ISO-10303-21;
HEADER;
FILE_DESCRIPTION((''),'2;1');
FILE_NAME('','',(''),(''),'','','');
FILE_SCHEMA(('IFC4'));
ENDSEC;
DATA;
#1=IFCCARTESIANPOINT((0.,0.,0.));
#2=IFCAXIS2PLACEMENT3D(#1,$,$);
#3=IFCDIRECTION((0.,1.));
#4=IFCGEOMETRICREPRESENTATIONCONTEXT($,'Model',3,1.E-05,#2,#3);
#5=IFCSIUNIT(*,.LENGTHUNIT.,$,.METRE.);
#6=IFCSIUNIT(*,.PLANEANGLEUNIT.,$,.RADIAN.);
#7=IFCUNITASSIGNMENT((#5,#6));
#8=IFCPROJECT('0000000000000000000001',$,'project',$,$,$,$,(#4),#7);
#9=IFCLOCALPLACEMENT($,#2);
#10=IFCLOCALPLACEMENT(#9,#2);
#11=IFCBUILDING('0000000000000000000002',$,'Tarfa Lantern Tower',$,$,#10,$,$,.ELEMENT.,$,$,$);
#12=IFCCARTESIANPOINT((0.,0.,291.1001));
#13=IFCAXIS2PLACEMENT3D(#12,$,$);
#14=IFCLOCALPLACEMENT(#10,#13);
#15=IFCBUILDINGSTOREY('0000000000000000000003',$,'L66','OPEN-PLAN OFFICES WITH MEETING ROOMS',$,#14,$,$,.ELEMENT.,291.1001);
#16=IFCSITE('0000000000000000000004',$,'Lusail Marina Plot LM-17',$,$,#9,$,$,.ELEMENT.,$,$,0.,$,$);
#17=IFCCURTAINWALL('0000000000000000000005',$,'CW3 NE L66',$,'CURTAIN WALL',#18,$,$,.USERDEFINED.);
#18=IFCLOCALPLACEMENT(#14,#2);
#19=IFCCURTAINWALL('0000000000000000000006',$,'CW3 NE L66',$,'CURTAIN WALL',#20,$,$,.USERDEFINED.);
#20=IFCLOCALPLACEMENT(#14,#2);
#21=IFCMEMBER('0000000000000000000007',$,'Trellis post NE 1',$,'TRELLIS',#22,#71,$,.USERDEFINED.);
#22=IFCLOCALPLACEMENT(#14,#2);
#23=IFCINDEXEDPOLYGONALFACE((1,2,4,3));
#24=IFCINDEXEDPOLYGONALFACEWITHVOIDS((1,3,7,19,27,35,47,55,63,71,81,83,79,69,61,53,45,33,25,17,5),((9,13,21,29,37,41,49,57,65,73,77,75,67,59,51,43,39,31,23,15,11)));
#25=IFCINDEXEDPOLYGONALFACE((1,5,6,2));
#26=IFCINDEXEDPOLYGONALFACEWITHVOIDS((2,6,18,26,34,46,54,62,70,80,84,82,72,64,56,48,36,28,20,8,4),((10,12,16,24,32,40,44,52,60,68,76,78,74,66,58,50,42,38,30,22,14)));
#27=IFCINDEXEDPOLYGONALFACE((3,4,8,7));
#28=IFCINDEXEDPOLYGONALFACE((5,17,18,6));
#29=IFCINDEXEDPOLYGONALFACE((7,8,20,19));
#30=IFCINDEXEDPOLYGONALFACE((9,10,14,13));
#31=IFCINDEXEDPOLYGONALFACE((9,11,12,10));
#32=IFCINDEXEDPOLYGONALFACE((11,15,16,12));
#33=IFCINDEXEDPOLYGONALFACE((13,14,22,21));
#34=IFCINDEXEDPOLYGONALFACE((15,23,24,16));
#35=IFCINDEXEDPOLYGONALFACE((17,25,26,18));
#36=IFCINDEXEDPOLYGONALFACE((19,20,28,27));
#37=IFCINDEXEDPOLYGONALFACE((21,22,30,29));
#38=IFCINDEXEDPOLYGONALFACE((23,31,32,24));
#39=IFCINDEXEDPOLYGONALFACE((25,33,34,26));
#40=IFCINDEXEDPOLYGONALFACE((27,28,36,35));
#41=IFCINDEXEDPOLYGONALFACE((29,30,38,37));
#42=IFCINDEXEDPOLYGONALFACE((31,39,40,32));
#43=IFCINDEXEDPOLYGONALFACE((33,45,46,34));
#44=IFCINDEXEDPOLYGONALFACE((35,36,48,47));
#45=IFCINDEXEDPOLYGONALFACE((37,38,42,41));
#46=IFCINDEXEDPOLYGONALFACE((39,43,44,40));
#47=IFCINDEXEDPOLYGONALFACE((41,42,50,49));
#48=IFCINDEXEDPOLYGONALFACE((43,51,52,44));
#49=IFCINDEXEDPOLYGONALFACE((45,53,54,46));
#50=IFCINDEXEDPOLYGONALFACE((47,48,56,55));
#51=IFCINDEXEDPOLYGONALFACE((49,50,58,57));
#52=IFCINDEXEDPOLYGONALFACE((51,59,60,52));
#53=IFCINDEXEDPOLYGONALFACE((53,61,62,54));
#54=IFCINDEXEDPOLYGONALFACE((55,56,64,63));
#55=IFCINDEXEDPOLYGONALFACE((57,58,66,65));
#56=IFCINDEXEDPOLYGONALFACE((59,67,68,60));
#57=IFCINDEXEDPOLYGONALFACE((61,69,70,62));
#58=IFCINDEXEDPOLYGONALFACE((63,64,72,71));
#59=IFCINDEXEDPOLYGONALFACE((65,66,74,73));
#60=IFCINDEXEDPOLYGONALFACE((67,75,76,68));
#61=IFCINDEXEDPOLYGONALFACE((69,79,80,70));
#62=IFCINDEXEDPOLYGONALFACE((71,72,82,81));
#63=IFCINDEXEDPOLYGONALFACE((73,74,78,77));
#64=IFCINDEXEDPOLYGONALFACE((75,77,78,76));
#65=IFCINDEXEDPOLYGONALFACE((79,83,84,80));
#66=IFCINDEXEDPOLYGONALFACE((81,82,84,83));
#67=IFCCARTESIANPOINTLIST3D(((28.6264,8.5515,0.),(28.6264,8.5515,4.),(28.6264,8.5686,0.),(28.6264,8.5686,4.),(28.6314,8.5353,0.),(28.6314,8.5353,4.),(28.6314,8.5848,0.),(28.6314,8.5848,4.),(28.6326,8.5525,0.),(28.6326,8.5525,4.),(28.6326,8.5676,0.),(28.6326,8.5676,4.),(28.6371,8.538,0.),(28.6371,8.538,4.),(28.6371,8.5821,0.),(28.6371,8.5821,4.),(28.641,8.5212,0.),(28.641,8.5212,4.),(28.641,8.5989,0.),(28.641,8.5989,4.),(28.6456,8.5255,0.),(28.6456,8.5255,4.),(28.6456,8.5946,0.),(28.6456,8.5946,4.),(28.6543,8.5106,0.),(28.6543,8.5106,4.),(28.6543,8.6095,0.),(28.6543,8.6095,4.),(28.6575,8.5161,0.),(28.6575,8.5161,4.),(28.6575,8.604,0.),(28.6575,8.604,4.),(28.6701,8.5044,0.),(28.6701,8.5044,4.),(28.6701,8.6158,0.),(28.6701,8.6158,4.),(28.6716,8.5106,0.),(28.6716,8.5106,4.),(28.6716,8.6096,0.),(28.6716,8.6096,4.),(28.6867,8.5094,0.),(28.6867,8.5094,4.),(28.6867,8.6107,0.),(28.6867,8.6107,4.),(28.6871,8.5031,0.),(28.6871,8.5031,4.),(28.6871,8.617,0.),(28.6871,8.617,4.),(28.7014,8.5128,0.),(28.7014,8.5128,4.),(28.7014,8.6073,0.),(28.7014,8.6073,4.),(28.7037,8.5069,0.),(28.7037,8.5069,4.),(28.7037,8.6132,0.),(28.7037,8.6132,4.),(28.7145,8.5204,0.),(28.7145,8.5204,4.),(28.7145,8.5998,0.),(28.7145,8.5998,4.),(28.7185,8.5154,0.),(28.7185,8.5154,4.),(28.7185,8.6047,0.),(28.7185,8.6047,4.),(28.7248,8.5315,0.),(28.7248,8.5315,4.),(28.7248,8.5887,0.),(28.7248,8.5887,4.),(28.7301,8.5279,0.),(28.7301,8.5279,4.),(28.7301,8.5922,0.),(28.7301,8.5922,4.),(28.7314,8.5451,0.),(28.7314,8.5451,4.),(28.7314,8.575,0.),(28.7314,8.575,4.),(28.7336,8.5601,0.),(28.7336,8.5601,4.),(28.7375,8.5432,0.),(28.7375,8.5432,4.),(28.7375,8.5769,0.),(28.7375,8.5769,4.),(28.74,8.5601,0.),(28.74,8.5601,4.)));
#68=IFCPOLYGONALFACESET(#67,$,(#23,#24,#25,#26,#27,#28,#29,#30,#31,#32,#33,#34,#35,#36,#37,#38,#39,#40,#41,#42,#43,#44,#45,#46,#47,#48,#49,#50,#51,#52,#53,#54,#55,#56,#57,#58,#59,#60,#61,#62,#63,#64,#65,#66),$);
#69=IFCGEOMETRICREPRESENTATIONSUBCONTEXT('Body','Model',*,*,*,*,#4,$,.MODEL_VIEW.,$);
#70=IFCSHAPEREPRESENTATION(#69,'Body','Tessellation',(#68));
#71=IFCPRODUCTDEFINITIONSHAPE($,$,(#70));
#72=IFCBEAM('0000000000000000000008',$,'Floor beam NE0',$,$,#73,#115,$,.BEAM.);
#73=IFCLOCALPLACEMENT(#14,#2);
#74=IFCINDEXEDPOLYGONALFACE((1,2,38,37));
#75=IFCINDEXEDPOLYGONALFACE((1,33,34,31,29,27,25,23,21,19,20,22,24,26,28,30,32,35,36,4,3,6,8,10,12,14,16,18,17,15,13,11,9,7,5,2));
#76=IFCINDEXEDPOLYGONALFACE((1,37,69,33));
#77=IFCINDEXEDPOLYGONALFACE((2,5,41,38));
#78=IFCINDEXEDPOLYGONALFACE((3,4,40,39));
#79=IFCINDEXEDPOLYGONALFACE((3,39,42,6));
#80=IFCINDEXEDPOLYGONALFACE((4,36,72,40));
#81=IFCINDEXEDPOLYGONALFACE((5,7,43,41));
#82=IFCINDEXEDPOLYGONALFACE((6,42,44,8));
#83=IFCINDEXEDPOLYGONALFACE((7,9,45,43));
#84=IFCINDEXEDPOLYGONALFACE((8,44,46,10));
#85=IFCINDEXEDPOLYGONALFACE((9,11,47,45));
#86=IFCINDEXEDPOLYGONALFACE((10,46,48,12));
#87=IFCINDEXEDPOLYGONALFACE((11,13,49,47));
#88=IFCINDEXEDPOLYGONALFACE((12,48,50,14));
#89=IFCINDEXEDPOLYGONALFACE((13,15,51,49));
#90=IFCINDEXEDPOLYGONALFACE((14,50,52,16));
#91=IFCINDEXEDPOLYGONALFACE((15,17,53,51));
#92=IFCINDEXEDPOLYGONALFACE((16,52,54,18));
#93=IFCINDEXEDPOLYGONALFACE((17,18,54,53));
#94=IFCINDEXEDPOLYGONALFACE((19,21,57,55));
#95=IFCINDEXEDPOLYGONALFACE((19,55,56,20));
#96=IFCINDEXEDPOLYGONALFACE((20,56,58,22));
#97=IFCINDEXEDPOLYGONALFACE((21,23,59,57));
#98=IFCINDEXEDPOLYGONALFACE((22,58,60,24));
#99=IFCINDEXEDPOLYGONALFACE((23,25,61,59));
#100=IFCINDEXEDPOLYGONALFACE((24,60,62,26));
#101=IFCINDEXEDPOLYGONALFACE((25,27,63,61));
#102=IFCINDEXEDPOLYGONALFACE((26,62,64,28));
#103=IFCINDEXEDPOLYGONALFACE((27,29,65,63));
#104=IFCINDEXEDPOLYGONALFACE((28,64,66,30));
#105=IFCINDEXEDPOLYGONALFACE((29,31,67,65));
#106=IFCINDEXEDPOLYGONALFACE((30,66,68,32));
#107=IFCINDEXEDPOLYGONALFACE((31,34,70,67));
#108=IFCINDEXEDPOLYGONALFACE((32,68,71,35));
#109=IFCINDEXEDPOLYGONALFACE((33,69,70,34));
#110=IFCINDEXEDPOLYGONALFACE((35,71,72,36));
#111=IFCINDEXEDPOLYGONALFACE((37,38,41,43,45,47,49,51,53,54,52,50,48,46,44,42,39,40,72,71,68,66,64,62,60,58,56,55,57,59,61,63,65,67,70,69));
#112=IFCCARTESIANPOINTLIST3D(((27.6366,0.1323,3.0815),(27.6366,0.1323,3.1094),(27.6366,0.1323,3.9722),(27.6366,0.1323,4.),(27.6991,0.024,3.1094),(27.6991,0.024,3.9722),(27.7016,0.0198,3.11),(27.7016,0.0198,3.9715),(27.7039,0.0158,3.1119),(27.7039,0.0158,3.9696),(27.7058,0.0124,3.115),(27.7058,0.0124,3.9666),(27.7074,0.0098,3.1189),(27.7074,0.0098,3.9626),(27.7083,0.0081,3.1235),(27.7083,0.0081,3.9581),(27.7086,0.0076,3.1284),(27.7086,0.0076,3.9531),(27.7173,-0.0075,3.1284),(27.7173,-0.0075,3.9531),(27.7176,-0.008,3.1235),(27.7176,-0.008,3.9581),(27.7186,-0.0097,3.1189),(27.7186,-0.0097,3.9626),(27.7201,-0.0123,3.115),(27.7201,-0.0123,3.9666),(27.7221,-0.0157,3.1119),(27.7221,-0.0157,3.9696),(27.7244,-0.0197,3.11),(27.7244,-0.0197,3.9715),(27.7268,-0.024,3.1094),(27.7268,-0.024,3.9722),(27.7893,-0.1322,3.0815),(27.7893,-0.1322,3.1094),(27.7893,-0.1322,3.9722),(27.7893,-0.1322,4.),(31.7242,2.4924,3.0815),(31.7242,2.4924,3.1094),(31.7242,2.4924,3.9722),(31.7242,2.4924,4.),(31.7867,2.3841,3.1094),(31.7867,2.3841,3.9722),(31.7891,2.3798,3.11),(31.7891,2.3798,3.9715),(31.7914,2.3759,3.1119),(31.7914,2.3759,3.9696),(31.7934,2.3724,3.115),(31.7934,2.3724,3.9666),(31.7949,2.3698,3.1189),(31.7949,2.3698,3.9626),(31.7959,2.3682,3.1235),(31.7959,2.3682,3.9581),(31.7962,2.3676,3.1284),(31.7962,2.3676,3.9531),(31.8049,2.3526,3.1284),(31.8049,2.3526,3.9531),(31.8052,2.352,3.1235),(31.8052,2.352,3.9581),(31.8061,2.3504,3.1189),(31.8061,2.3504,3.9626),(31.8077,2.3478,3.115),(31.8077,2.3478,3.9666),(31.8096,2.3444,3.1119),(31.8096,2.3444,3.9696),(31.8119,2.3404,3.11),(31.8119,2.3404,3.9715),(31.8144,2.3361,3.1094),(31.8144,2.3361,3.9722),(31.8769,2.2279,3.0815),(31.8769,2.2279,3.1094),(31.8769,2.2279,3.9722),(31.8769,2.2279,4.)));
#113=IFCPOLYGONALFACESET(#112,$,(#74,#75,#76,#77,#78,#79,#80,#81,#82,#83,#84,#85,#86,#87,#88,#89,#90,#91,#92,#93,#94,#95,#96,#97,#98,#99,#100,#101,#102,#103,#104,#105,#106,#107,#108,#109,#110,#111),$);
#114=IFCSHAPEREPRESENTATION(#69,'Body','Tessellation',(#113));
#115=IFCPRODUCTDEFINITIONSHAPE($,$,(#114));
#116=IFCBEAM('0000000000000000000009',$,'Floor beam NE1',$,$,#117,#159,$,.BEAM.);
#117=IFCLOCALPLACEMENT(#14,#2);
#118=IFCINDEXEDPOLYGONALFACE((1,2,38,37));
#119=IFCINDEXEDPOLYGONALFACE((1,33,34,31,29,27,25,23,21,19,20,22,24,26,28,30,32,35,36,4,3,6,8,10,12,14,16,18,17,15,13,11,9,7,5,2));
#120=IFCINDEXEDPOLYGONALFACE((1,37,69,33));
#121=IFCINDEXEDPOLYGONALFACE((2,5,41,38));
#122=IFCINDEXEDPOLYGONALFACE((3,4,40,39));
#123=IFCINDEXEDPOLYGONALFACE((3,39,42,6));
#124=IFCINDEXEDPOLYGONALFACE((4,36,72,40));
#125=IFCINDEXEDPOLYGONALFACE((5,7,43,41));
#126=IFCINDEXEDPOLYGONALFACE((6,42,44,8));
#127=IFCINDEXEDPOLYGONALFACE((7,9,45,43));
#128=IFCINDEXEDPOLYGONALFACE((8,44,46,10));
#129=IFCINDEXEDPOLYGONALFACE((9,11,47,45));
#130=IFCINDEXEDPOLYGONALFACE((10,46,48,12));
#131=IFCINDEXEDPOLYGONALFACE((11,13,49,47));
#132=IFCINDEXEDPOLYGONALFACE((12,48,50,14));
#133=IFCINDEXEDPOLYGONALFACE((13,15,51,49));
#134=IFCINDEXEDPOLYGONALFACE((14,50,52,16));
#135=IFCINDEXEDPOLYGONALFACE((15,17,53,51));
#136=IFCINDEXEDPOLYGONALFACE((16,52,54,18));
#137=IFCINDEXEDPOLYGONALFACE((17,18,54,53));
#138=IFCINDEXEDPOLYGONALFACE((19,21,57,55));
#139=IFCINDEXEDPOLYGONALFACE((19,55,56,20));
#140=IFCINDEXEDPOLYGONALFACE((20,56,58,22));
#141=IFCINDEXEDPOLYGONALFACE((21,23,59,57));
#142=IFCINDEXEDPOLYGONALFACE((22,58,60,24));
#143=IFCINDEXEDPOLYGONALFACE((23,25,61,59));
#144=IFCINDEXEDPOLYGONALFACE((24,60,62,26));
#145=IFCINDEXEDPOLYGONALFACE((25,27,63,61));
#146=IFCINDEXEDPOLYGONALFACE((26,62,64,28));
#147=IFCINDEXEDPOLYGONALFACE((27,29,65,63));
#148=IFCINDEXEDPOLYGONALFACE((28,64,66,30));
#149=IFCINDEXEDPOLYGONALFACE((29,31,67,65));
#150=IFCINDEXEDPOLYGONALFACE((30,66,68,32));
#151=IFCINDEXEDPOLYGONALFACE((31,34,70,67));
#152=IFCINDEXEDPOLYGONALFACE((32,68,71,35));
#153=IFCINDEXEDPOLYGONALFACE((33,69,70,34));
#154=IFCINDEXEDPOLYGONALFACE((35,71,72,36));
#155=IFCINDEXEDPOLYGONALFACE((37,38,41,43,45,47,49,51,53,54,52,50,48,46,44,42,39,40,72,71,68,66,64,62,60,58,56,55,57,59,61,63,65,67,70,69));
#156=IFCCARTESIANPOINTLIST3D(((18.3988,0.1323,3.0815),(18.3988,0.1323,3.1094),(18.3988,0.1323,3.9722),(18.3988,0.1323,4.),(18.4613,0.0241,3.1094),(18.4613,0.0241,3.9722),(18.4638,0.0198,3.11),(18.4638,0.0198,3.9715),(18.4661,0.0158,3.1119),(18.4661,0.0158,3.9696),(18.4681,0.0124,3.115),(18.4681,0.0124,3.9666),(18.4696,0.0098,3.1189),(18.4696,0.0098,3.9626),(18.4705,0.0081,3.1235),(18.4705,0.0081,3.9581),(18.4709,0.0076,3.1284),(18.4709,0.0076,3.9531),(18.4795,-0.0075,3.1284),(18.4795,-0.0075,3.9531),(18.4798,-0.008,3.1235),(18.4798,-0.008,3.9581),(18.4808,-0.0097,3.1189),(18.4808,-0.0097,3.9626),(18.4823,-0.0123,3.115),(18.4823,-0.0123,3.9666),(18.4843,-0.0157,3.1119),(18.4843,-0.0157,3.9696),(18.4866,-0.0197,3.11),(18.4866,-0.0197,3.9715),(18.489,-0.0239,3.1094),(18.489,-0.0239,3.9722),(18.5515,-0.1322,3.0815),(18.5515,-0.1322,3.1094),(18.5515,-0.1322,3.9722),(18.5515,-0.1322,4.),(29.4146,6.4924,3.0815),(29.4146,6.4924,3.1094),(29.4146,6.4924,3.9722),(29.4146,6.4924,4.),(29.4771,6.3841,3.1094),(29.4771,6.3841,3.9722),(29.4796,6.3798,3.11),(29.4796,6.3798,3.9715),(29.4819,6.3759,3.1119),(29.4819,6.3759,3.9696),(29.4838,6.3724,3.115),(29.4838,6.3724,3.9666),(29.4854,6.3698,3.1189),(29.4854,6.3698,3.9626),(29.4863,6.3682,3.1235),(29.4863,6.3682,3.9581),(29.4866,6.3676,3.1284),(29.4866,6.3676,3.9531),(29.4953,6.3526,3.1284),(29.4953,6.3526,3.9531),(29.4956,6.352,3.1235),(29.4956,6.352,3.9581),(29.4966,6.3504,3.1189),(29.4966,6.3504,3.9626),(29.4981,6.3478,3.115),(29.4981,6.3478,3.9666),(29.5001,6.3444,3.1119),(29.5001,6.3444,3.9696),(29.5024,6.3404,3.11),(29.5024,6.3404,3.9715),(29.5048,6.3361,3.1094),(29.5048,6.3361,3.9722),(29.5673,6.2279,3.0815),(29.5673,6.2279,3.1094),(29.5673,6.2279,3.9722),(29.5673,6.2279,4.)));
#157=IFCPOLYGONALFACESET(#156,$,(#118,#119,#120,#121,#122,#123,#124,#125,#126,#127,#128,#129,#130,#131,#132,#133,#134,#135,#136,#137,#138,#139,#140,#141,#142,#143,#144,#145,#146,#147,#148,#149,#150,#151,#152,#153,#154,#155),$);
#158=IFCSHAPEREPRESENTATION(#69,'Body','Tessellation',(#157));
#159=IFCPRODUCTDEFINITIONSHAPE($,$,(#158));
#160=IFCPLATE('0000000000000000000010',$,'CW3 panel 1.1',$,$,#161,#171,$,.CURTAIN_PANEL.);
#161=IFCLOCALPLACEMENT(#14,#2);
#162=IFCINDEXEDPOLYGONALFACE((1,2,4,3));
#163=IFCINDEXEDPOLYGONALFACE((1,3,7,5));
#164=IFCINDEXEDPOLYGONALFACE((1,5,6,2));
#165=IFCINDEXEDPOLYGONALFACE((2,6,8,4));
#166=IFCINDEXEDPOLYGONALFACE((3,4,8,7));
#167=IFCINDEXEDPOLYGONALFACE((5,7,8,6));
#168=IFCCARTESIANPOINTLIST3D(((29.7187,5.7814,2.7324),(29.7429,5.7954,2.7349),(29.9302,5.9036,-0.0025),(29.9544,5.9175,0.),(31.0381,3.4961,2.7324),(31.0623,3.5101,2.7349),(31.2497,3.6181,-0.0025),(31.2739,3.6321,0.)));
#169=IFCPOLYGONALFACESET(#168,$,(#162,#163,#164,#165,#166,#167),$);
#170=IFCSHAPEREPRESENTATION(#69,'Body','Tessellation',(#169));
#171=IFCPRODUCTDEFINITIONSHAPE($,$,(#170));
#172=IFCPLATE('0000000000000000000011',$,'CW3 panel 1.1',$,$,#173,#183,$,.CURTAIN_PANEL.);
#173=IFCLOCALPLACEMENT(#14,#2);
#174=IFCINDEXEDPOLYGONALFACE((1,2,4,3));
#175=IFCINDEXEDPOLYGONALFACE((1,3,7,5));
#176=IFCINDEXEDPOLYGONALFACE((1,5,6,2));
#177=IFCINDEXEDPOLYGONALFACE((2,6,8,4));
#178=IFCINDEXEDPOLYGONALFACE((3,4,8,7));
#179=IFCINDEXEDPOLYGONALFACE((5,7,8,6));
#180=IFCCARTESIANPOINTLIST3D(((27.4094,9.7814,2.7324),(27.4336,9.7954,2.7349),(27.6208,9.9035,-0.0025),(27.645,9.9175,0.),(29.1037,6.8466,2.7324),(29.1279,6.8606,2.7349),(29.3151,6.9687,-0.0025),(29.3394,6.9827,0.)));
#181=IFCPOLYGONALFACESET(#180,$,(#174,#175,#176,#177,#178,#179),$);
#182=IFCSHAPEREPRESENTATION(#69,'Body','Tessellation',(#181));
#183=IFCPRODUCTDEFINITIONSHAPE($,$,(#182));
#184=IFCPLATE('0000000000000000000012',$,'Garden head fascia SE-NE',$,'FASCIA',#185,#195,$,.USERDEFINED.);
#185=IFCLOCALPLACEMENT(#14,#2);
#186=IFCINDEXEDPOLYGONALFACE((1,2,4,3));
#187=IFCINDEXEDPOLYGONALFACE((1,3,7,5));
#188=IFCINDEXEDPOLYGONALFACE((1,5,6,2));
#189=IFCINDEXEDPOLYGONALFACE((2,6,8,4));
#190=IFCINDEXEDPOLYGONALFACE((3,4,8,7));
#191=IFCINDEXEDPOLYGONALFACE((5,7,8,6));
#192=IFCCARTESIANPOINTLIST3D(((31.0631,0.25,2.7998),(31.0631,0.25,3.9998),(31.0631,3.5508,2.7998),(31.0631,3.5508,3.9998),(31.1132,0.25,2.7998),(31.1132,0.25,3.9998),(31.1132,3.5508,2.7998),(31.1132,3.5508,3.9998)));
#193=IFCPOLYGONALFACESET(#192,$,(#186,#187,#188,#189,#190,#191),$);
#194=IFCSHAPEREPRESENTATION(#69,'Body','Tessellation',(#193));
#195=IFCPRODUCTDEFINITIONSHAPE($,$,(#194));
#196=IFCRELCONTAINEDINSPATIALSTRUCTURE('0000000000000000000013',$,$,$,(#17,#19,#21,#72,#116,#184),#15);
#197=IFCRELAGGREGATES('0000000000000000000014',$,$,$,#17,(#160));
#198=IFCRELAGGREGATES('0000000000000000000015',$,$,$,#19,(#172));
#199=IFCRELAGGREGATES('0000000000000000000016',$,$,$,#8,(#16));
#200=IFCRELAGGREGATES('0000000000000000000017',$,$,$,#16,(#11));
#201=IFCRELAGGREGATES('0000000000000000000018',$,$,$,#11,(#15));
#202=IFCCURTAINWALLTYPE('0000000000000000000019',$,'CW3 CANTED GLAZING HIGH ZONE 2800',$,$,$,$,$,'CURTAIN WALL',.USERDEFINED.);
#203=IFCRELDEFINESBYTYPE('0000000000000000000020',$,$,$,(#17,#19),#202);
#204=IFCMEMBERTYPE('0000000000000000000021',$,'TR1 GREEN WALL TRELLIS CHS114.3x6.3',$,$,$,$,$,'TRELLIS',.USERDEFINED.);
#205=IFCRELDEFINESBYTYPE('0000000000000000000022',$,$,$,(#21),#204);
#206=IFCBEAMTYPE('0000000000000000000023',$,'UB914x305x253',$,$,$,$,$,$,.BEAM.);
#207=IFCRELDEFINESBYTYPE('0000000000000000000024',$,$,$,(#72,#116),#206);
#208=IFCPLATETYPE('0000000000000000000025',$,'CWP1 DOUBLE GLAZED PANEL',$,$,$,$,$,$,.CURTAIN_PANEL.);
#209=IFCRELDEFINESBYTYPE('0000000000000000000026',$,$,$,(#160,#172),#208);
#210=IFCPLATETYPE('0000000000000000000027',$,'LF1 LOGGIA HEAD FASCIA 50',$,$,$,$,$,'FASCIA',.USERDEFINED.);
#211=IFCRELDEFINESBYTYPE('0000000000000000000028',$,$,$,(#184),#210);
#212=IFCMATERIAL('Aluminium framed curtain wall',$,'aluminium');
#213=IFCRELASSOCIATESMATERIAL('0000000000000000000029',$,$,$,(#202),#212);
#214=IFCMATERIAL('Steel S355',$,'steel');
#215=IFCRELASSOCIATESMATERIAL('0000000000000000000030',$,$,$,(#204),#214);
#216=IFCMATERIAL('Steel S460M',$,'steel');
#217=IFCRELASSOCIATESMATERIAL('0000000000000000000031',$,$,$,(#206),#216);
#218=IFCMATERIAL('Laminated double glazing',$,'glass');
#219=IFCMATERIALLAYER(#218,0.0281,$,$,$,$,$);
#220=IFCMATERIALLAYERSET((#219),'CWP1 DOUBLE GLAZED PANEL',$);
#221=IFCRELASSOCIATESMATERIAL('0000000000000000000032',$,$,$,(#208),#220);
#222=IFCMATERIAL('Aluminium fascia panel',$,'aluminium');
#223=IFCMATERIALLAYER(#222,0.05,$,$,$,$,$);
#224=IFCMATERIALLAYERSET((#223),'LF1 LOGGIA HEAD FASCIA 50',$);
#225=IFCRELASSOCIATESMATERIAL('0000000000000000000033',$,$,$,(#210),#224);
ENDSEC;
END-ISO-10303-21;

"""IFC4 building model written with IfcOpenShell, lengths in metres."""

from ifc_helpers import new_model, si_unit, direction, frame, origin, origin_2d, place, context, subcontext, project, spatial, polyline, rectangle, hollow_circle, i_section, outline, extrude, material, layer, layer_set, material_profile, profile_set, type_object, element, aggregate, save


model = new_model("IFC4")

# Units and contexts
model_context = context("Model", 3, precision=1e-05, world=origin(), true_north=direction((0.0, 1.0)))
body_context = subcontext(model_context, "Body", "Model", "MODEL_VIEW")
ifc_project = project(units=[si_unit("LENGTHUNIT", "METRE"), si_unit("PLANEANGLEUNIT", "RADIAN")], contexts=[model_context])

# Site, building, storey
site_placement = place(None, origin())
site = spatial("IfcSite", under=ifc_project, at=site_placement, Name="Lusail Marina Plot LM-17", CompositionType="ELEMENT", RefElevation=0.0)
building_placement = place(site_placement, origin())
building = spatial("IfcBuilding", under=site, at=building_placement, Name="Tarfa Lantern Tower", CompositionType="ELEMENT")
storey_placement = place(building_placement, frame((0.0, 0.0, 291.1001)))
storey = spatial("IfcBuildingStorey", under=building, at=storey_placement, Name="L66", Description="OPEN-PLAN OFFICES WITH MEETING ROOMS", CompositionType="ELEMENT", Elevation=291.1001)

# Curtain walls
ifc_material_1 = material(Name="Aluminium framed curtain wall", Category="aluminium")
curtain_wall_type = type_object("IfcCurtainWallType", Name="CW3 CANTED GLAZING HIGH ZONE 2800", ElementType="CURTAIN WALL", PredefinedType="USERDEFINED", material=ifc_material_1)
curtain_wall_1_placement = place(storey_placement, origin())
curtain_wall_1 = element("IfcCurtainWall", 1, at=curtain_wall_1_placement, inside=storey, type_object=curtain_wall_type, Name="CW3 NE L66", ObjectType="CURTAIN WALL", PredefinedType="USERDEFINED")
curtain_wall_2_placement = place(storey_placement, origin())
curtain_wall_2 = element("IfcCurtainWall", 2, at=curtain_wall_2_placement, inside=storey, type_object=curtain_wall_type, Name="CW3 NE L66", ObjectType="CURTAIN WALL", PredefinedType="USERDEFINED")

# Member
ifc_material_2 = material(Name="Steel S355", Category="steel")
ifc_material_profile_1 = material_profile(ifc_material_2, hollow_circle(Radius=0.0571, WallThickness=0.0063, at=origin_2d()), Name="CHS114.3x6.3")
ifc_profile_set_1 = profile_set([ifc_material_profile_1], Name="Steel S355")
member_type_1 = type_object("IfcMemberType", Name="TR1 GREEN WALL TRELLIS CHS114.3x6.3", ElementType="TRELLIS", PredefinedType="USERDEFINED", material=ifc_profile_set_1)
member_1_placement = place(storey_placement, frame((28.6829, 8.5601, 0.0), z_axis=(0.0, 0.0, 1.0), x_axis=(1.0, 0.0, 0.0)))
element("IfcMember", 3, at=member_1_placement, inside=storey, type_object=member_type_1, Name="Trellis post NE 1", ObjectType="TRELLIS", PredefinedType="USERDEFINED", context=body_context, shape_type="SweptSolid", body=[
    extrude(hollow_circle(Radius=0.0571, WallThickness=0.0063, at=origin_2d()), origin(), (0.0, 0.0, 1.0), 4.0),
])

# Beams
ifc_material_3 = material(Name="Steel S460M", Category="steel")
ifc_material_profile_2 = material_profile(ifc_material_3, i_section(OverallWidth=0.3054, OverallDepth=0.9185, WebThickness=0.0173, FlangeThickness=0.0278, FilletRadius=0.019, at=origin_2d()), Name="UB914x305x253")
ifc_profile_set_2 = profile_set([ifc_material_profile_2], Name="Steel S460M")
beam_type_1 = type_object("IfcBeamType", Name="UB914x305x253", PredefinedType="BEAM", material=ifc_profile_set_2)
beam_1_placement = place(storey_placement, frame((31.8005, 2.3601, 3.5408), z_axis=(-0.866016, -0.500016, 0.0), x_axis=(0.500016, -0.866016, 0.0)))
element("IfcBeam", 4, at=beam_1_placement, inside=storey, type_object=beam_type_1, Name="Floor beam NE0", PredefinedType="BEAM", context=body_context, shape_type="SweptSolid", body=[
    extrude(i_section(OverallWidth=0.3054, OverallDepth=0.9185, WebThickness=0.0173, FlangeThickness=0.0278, FilletRadius=0.019, at=origin_2d()), origin(), (0.0, 0.0, 1.0), 4.72),
])
beam_2_placement = place(storey_placement, frame((29.491, 6.3601, 3.5408), z_axis=(-0.866022, -0.500005, 0.0), x_axis=(0.500005, -0.866022, 0.0)))
element("IfcBeam", 5, at=beam_2_placement, inside=storey, type_object=beam_type_1, Name="Floor beam NE1", PredefinedType="BEAM", context=body_context, shape_type="SweptSolid", body=[
    extrude(i_section(OverallWidth=0.3054, OverallDepth=0.9185, WebThickness=0.0173, FlangeThickness=0.0278, FilletRadius=0.019, at=origin_2d()), origin(), (0.0, 0.0, 1.0), 12.72),
])

# Plates
ifc_material_4 = material(Name="Laminated double glazing", Category="glass")
ifc_layer_1 = layer(ifc_material_4, 0.0281)
ifc_layer_set_1 = layer_set([ifc_layer_1], Name="CWP1 DOUBLE GLAZED PANEL")
plate_type_1 = type_object("IfcPlateType", Name="CWP1 DOUBLE GLAZED PANEL", PredefinedType="CURTAIN_PANEL", material=ifc_layer_set_1)
plate_1_placement = place(storey_placement, frame((31.2739, 3.6321, 0.0), z_axis=(0.862595, 0.498013, 0.088952), x_axis=(-0.499995, 0.866028, 0.000004)))
plate_1 = element("IfcPlate", 6, at=plate_1_placement, type_object=plate_type_1, Name="CW3 panel 1.1", PredefinedType="CURTAIN_PANEL", context=body_context, shape_type="SweptSolid", body=[
    extrude(outline(polyline([(0.0, 0.0), (2.639, 0.0), (2.639, 2.7457), (0.0001, 2.7458), (0.0, 0.0)])), origin(), (0.0, 0.0, -1.0), 0.0281),
])
aggregate(curtain_wall_1, [plate_1])
plate_2_placement = place(storey_placement, frame((29.3394, 6.9827, 0.0), z_axis=(0.862606, 0.498002, 0.088914), x_axis=(-0.499982, 0.866036, 0.0)))
plate_2 = element("IfcPlate", 7, at=plate_2_placement, type_object=plate_type_1, Name="CW3 panel 1.1", PredefinedType="CURTAIN_PANEL", context=body_context, shape_type="SweptSolid", body=[
    extrude(outline(polyline([(0.0, 0.0), (3.3888, 0.0), (3.3888, 2.7457), (0.0, 2.7457), (0.0, 0.0)])), origin(), (0.0, 0.0, -1.0), 0.0281),
])
aggregate(curtain_wall_2, [plate_2])
ifc_material_5 = material(Name="Aluminium fascia panel", Category="aluminium")
ifc_layer_2 = layer(ifc_material_5, 0.05)
ifc_layer_set_2 = layer_set([ifc_layer_2], Name="LF1 LOGGIA HEAD FASCIA 50")
plate_type_2 = type_object("IfcPlateType", Name="LF1 LOGGIA HEAD FASCIA 50", ElementType="FASCIA", PredefinedType="USERDEFINED", material=ifc_layer_set_2)
plate_3_placement = place(storey_placement, frame((31.0881, 1.9004, 2.7998), z_axis=(0.0, 0.0, 1.0), x_axis=(0.0, 1.0, 0.0)))
element("IfcPlate", 8, at=plate_3_placement, inside=storey, type_object=plate_type_2, Name="Garden head fascia SE-NE", ObjectType="FASCIA", PredefinedType="USERDEFINED", context=body_context, shape_type="SweptSolid", body=[
    extrude(rectangle(XDim=3.3008, YDim=0.05, at=origin_2d()), origin(), (0.0, 0.0, 1.0), 1.2),
])

save(model, "model.ifc")
